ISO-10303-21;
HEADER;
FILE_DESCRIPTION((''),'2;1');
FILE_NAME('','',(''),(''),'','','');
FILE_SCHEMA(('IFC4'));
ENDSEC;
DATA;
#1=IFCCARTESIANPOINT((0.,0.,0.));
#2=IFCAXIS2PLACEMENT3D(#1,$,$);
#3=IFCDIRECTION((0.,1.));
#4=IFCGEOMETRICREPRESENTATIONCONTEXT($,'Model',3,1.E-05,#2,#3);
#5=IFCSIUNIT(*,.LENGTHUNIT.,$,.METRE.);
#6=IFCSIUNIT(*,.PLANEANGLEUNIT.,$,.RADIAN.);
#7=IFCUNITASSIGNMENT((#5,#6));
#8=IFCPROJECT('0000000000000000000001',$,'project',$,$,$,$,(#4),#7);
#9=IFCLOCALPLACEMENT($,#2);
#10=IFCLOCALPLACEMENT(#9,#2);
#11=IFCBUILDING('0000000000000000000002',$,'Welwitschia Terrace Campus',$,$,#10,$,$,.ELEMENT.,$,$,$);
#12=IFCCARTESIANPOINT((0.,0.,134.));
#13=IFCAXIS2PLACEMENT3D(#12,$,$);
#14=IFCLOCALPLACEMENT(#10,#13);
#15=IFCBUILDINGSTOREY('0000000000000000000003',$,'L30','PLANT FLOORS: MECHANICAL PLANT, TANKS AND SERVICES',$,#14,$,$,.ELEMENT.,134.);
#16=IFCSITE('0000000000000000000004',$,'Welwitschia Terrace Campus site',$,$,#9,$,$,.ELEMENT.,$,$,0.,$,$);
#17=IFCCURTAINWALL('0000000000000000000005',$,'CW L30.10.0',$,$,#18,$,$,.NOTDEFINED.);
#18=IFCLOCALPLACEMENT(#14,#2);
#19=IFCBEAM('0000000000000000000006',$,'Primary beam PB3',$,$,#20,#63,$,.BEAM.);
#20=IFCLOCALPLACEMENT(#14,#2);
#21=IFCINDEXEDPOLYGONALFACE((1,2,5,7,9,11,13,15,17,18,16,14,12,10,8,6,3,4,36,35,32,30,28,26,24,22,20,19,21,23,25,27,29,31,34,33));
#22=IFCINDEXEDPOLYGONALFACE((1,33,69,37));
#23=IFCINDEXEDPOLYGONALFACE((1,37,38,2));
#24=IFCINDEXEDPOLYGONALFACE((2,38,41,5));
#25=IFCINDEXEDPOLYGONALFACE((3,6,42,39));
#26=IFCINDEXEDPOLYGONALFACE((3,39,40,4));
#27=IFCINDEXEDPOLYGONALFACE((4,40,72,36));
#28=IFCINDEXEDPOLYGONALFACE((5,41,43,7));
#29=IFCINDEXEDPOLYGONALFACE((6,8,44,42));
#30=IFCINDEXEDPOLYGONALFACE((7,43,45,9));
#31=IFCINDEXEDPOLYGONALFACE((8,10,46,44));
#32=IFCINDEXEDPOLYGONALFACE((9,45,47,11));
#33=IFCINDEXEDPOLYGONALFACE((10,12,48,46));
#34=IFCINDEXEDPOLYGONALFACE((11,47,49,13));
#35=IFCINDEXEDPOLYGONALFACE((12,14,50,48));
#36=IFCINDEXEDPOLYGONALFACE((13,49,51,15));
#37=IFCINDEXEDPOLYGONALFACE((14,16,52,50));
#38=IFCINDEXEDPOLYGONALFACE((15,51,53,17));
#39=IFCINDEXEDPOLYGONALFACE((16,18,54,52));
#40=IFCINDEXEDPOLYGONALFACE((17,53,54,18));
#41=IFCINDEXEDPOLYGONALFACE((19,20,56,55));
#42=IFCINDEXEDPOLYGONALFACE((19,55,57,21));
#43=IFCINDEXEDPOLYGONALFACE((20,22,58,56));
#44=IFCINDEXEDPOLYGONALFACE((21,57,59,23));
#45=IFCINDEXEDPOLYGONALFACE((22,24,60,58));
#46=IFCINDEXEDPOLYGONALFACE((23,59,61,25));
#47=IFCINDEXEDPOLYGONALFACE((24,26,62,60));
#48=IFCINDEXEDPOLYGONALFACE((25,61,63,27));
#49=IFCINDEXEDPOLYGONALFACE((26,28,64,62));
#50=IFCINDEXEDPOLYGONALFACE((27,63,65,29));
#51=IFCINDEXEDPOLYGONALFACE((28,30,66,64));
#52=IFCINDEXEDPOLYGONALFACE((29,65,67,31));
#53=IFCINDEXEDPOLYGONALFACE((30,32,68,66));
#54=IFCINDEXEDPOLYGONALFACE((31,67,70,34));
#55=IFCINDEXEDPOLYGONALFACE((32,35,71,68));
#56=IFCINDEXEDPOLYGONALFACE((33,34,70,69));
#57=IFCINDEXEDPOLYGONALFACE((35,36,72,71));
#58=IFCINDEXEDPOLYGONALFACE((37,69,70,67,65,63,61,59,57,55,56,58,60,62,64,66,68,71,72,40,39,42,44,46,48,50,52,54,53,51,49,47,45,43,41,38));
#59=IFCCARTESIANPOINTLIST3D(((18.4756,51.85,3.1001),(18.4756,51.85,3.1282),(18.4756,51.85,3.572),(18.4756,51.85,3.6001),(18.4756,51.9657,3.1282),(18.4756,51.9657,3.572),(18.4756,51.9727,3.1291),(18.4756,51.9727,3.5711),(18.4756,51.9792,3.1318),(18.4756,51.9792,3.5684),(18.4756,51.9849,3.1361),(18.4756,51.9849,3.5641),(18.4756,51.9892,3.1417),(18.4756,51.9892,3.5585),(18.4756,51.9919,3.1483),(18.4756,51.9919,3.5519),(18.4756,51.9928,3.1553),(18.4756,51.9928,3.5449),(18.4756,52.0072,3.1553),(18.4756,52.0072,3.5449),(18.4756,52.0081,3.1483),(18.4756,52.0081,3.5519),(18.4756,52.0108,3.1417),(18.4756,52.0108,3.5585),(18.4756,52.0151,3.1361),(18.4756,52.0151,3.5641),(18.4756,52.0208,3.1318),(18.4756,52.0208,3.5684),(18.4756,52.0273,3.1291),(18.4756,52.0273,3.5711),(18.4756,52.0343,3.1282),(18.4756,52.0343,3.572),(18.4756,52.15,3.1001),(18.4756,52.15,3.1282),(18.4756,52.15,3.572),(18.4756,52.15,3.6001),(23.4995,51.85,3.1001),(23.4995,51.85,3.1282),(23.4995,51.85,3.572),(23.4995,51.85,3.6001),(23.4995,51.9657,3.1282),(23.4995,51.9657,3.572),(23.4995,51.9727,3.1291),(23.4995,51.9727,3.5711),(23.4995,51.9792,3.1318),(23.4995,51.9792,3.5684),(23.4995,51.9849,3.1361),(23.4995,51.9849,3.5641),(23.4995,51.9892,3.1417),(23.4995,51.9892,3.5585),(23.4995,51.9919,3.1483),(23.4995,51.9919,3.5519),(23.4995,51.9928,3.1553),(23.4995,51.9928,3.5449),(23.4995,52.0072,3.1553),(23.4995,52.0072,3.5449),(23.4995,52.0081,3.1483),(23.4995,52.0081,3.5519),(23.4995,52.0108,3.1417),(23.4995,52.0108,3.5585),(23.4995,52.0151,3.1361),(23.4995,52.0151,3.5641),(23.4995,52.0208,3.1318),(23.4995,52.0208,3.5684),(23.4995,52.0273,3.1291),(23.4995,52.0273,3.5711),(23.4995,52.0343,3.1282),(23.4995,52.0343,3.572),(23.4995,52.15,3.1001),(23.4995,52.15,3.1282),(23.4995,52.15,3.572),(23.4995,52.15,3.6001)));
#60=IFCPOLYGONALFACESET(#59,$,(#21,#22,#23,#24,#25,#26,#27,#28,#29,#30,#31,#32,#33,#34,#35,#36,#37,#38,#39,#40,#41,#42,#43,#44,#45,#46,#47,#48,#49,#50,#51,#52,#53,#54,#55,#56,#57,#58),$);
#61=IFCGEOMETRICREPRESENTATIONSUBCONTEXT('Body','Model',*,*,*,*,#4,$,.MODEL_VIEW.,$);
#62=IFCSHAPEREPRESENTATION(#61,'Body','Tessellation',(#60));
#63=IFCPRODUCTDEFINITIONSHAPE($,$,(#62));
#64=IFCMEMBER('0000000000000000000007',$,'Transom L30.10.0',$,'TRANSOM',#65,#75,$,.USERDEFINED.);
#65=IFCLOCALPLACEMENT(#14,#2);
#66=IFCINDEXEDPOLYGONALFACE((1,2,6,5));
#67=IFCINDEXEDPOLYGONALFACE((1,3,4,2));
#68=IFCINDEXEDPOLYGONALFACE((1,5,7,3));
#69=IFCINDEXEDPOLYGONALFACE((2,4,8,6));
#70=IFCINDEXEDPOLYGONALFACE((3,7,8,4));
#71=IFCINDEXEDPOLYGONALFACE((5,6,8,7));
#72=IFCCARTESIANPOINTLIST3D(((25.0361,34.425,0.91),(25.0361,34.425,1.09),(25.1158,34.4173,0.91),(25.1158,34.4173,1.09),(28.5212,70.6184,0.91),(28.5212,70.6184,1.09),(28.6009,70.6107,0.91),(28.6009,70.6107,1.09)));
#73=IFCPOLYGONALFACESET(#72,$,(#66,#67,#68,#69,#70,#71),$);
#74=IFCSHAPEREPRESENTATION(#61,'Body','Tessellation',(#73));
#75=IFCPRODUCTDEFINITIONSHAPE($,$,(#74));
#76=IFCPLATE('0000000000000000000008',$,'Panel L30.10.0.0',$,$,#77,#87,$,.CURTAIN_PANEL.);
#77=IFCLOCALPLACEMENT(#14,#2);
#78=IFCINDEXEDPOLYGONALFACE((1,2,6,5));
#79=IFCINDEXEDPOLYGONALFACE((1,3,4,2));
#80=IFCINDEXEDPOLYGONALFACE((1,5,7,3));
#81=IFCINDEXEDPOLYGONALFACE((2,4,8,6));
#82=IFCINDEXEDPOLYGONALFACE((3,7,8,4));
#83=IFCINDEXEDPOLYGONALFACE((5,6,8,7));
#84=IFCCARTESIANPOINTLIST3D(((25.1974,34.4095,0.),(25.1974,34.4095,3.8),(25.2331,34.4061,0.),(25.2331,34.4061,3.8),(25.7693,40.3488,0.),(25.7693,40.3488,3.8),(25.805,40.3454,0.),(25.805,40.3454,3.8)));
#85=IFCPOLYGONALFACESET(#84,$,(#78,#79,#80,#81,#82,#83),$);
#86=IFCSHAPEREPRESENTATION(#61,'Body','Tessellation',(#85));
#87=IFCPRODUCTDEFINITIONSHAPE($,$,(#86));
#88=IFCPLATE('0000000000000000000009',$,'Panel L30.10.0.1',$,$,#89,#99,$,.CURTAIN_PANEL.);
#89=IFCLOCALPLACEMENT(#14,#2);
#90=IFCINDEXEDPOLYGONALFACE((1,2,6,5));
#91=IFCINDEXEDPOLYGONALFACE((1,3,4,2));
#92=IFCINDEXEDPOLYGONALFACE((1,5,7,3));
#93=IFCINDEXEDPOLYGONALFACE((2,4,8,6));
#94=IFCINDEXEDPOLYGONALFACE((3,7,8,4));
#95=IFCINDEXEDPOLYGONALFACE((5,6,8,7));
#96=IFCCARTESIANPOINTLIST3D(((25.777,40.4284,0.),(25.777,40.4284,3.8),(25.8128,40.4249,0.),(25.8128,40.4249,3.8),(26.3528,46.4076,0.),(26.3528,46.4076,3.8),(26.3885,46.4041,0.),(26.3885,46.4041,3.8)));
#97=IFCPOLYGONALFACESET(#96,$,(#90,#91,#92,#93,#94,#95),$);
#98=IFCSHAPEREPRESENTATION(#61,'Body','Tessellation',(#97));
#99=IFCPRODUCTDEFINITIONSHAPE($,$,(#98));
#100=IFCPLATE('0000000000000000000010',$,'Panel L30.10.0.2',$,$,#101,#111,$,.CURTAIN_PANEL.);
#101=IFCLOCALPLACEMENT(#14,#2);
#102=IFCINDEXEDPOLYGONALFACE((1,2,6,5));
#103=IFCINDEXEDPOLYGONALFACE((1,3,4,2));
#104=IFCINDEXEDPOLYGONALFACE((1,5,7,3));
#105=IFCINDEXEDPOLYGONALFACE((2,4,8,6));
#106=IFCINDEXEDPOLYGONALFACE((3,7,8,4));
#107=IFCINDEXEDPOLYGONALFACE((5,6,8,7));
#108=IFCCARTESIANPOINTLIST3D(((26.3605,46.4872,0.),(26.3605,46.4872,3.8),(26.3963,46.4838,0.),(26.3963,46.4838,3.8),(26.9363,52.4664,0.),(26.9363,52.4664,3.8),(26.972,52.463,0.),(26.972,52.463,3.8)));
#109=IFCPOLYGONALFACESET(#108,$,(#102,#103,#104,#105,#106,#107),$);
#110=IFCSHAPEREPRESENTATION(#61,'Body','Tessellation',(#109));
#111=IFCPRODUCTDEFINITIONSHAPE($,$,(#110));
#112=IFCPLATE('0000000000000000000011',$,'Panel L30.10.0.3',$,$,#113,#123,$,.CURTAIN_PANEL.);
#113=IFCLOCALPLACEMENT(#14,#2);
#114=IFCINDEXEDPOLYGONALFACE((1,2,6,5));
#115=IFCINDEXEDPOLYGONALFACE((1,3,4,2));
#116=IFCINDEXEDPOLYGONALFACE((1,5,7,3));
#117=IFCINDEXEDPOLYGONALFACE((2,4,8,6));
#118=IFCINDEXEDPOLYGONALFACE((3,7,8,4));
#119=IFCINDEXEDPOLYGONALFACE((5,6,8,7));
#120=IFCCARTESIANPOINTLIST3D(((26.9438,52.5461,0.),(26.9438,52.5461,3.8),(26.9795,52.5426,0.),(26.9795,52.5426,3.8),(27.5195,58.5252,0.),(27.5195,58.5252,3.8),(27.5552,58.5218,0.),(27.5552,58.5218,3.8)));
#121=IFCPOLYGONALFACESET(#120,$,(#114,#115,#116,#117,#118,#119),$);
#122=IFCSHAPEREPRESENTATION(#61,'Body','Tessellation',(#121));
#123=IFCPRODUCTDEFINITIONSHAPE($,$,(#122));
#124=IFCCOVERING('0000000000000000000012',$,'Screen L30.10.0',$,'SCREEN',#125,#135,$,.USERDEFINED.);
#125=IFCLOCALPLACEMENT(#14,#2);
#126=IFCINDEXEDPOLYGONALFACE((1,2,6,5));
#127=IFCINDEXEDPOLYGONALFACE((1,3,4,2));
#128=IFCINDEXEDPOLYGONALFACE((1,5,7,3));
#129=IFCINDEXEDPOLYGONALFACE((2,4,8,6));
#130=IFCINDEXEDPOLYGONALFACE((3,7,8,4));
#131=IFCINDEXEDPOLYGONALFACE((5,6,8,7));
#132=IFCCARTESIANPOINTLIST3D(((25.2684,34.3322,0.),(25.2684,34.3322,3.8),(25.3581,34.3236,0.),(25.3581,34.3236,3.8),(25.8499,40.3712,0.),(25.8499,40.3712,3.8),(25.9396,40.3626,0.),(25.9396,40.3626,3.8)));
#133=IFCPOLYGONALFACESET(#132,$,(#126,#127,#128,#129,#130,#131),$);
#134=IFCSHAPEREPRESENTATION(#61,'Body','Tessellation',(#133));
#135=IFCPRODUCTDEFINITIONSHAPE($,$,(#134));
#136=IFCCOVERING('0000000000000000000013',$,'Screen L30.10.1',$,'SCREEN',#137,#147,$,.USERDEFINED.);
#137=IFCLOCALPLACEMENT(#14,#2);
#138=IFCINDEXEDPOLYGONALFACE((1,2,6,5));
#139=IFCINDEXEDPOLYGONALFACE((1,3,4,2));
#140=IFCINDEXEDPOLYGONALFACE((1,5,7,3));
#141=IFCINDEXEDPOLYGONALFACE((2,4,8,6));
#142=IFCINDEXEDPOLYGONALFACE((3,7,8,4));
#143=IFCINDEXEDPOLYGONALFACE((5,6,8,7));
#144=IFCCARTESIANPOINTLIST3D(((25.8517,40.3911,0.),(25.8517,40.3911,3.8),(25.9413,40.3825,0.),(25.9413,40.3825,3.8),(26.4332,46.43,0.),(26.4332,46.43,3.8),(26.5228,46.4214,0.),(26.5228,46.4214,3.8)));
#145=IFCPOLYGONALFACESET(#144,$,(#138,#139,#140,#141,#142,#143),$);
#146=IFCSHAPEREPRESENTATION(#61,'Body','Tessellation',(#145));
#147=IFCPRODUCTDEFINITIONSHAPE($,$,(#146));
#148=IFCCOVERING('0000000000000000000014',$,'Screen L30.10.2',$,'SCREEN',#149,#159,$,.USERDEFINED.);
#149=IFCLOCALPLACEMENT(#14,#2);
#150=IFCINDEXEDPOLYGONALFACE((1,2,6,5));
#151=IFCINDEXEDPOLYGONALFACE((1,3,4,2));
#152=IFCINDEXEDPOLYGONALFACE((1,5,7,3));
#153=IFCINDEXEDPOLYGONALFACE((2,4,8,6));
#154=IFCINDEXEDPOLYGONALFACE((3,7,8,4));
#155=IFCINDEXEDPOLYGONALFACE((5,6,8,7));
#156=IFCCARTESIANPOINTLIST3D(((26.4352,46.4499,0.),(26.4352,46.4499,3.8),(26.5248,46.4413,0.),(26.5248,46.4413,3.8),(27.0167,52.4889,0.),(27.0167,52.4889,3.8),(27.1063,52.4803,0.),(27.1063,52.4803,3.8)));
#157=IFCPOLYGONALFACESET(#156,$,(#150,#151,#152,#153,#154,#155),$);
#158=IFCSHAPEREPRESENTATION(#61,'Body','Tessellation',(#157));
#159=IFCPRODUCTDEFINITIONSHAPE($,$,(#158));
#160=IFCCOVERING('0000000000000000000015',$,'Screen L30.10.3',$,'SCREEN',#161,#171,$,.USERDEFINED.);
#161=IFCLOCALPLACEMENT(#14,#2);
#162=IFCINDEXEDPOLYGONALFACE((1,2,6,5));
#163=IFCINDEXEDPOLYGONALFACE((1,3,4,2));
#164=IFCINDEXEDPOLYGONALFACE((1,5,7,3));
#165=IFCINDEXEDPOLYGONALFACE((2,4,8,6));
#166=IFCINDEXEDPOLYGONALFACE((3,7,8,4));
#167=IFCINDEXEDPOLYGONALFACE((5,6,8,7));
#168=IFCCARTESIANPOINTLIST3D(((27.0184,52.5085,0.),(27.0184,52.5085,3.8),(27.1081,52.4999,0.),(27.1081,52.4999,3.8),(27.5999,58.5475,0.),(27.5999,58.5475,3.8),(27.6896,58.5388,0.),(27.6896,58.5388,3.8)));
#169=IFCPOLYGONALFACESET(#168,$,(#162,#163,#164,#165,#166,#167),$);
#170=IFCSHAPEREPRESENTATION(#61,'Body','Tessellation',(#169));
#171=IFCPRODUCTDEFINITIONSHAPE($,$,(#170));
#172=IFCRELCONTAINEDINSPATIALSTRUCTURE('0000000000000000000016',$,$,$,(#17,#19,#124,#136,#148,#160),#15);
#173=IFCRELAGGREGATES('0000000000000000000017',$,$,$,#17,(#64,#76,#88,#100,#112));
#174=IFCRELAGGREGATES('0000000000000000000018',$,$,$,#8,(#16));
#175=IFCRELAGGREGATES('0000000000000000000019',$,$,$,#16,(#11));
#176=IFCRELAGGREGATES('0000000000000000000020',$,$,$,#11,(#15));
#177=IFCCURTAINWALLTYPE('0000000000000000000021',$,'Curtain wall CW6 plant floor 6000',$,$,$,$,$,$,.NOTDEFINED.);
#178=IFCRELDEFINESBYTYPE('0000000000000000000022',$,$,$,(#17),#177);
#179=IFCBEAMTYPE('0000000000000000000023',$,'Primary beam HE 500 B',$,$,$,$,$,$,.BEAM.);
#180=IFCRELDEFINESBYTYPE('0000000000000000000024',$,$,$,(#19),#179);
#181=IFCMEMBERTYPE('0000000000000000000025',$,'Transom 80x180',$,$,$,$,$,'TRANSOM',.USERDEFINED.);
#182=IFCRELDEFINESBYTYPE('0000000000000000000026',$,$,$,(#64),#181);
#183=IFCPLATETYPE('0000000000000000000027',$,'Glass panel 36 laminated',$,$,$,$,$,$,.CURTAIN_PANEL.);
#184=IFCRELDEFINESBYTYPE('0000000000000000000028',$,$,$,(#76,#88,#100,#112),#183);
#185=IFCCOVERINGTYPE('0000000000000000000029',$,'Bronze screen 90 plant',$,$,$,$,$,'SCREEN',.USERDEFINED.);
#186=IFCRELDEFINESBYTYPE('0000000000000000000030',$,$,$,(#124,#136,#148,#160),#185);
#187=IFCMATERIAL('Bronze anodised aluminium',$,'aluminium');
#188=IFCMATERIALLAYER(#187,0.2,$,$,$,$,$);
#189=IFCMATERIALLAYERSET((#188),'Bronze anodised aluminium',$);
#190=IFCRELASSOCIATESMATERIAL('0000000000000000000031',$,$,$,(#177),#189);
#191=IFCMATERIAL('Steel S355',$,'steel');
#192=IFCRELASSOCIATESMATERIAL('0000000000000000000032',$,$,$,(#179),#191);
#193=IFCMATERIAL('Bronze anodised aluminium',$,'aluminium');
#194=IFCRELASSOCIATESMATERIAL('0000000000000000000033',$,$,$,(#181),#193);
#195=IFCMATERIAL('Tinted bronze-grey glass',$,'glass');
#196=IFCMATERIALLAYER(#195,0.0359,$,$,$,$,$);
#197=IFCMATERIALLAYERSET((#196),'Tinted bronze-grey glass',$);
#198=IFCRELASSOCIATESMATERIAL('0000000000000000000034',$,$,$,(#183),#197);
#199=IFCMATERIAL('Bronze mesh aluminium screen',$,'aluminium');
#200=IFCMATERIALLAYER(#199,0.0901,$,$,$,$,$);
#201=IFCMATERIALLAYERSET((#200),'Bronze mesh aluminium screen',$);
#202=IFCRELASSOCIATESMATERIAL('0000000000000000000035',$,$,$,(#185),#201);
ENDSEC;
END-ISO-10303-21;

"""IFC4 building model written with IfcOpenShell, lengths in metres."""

from ifc_helpers import new_model, si_unit, direction, frame, origin, origin_2d, place, context, subcontext, project, spatial, rectangle, i_section, extrude, material, layer, layer_set, material_profile, profile_set, type_object, element, aggregate, save


model = new_model("IFC4")

# Units and contexts
model_context = context("Model", 3, precision=1e-05, world=origin(), true_north=direction((0.0, 1.0)))
body_context = subcontext(model_context, "Body", "Model", "MODEL_VIEW")
ifc_project = project(units=[si_unit("LENGTHUNIT", "METRE"), si_unit("PLANEANGLEUNIT", "RADIAN")], contexts=[model_context])

# Site, building, storey
site_placement = place(None, origin())
site = spatial("IfcSite", under=ifc_project, at=site_placement, Name="Welwitschia Terrace Campus site", CompositionType="ELEMENT", RefElevation=0.0)
building_placement = place(site_placement, origin())
building = spatial("IfcBuilding", under=site, at=building_placement, Name="Welwitschia Terrace Campus", CompositionType="ELEMENT")
storey_placement = place(building_placement, frame((0.0, 0.0, 134.0)))
storey = spatial("IfcBuildingStorey", under=building, at=storey_placement, Name="L30", Description="PLANT FLOORS: MECHANICAL PLANT, TANKS AND SERVICES", CompositionType="ELEMENT", Elevation=134.0)

# Shared definitions
ifc_material_1 = material(Name="Bronze anodised aluminium", Category="aluminium")
ifc_layer_1 = layer(ifc_material_1, 0.2)
ifc_layer_set_1 = layer_set([ifc_layer_1], Name="Bronze anodised aluminium")
curtain_wall_type = type_object("IfcCurtainWallType", Name="Curtain wall CW6 plant floor 6000", PredefinedType="NOTDEFINED", material=ifc_layer_set_1)

# Curtain wall
curtain_wall_1_placement = place(storey_placement, origin())
curtain_wall_1 = element("IfcCurtainWall", 1, at=curtain_wall_1_placement, inside=storey, type_object=curtain_wall_type, Name="CW L30.10.0", PredefinedType="NOTDEFINED")

# Beam
ifc_material_2 = material(Name="Steel S355", Category="steel")
ifc_material_profile_1 = material_profile(ifc_material_2, i_section(OverallWidth=0.3, OverallDepth=0.5, WebThickness=0.0144, FlangeThickness=0.0281, FilletRadius=0.0271, at=origin_2d()))
ifc_profile_set_1 = profile_set([ifc_material_profile_1], Name="Steel S355")
beam_type = type_object("IfcBeamType", Name="Primary beam HE 500 B", PredefinedType="BEAM", material=ifc_profile_set_1)
for number, where, z_axis, x_axis, name in (
    (2, (23.4995, 52.0, 3.3501), (-1.0, 0.0, 0.0), (0.0, -1.0, 0.0), "Primary beam PB3"),
):
    element("IfcBeam", number, at=place(storey_placement, frame(where, z_axis=z_axis, x_axis=x_axis)), inside=storey, type_object=beam_type, Name=name, PredefinedType="BEAM", context=body_context, shape_type="SweptSolid", body=[
        extrude(i_section(OverallWidth=0.3, OverallDepth=0.5, WebThickness=0.0144, FlangeThickness=0.0281, FilletRadius=0.0271, at=origin_2d()), origin(), (0.0, 0.0, 1.0), 5.0239),
    ])

# Member
ifc_material_3 = material(Name="Bronze anodised aluminium", Category="aluminium")
ifc_material_profile_2 = material_profile(ifc_material_3, rectangle(XDim=0.0801, YDim=0.1799, at=origin_2d()))
ifc_profile_set_2 = profile_set([ifc_material_profile_2], Name="Bronze anodised aluminium")
member_type_1 = type_object("IfcMemberType", Name="Transom 80x180", ElementType="TRANSOM", PredefinedType="USERDEFINED", material=ifc_profile_set_2)
member_1_placement = place(storey_placement, frame((25.0759, 34.4211, 1.0), z_axis=(0.095848, 0.995396, 0.0), x_axis=(-0.995396, 0.095848, 0.0)))
member_1 = element("IfcMember", 3, at=member_1_placement, type_object=member_type_1, Name="Transom L30.10.0", ObjectType="TRANSOM", PredefinedType="USERDEFINED", context=body_context, shape_type="SweptSolid", body=[
    extrude(rectangle(XDim=0.0801, YDim=0.1799, at=origin_2d()), origin(), (0.0, 0.0, 1.0), 36.3608),
])

# Plates
ifc_material_4 = material(Name="Tinted bronze-grey glass", Category="glass")
ifc_layer_2 = layer(ifc_material_4, 0.0359)
ifc_layer_set_2 = layer_set([ifc_layer_2], Name="Tinted bronze-grey glass")
plate_type = type_object("IfcPlateType", Name="Glass panel 36 laminated", PredefinedType="CURTAIN_PANEL", material=ifc_layer_set_2)
plate_1_placement = place(storey_placement, frame((25.5012, 37.3774, 0.0), z_axis=(0.0, 0.0, 1.0), x_axis=(0.095846, 0.995396, 0.0)))
plate_1 = element("IfcPlate", 4, at=plate_1_placement, type_object=plate_type, Name="Panel L30.10.0.0", PredefinedType="CURTAIN_PANEL", context=body_context, shape_type="SweptSolid", body=[
    extrude(rectangle(XDim=5.9668, YDim=0.0359, at=origin_2d()), origin(), (0.0, 0.0, 1.0), 3.8),
])
plate_2_placement = place(storey_placement, frame((26.0828, 43.4163, 0.0), z_axis=(0.0, 0.0, 1.0), x_axis=(0.095846, 0.995396, 0.0)))
plate_2 = element("IfcPlate", 5, at=plate_2_placement, type_object=plate_type, Name="Panel L30.10.0.1", PredefinedType="CURTAIN_PANEL", context=body_context, shape_type="SweptSolid", body=[
    extrude(rectangle(XDim=6.0068, YDim=0.0359, at=origin_2d()), origin(), (0.0, 0.0, 1.0), 3.8),
])
plate_3_placement = place(storey_placement, frame((26.6663, 49.4751, 0.0), z_axis=(0.0, 0.0, 1.0), x_axis=(0.095846, 0.995396, 0.0)))
plate_3 = element("IfcPlate", 6, at=plate_3_placement, type_object=plate_type, Name="Panel L30.10.0.2", PredefinedType="CURTAIN_PANEL", context=body_context, shape_type="SweptSolid", body=[
    extrude(rectangle(XDim=6.0068, YDim=0.0359, at=origin_2d()), origin(), (0.0, 0.0, 1.0), 3.8),
])
plate_4_placement = place(storey_placement, frame((27.2495, 55.5339, 0.0), z_axis=(0.0, 0.0, 1.0), x_axis=(0.095846, 0.995396, 0.0)))
plate_4 = element("IfcPlate", 7, at=plate_4_placement, type_object=plate_type, Name="Panel L30.10.0.3", PredefinedType="CURTAIN_PANEL", context=body_context, shape_type="SweptSolid", body=[
    extrude(rectangle(XDim=6.0068, YDim=0.0359, at=origin_2d()), origin(), (0.0, 0.0, 1.0), 3.8),
])
aggregate(curtain_wall_1, [member_1, plate_1, plate_2, plate_3, plate_4])

# Coverings
ifc_material_5 = material(Name="Bronze mesh aluminium screen", Category="aluminium")
ifc_layer_3 = layer(ifc_material_5, 0.0901)
ifc_layer_set_3 = layer_set([ifc_layer_3], Name="Bronze mesh aluminium screen")
covering_type = type_object("IfcCoveringType", Name="Bronze screen 90 plant", ElementType="SCREEN", PredefinedType="USERDEFINED", material=ifc_layer_set_3)
for number, where, z_axis, x_axis, name in (
    (8, (25.604, 37.3474, 0.0), (0.0, 0.0, 1.0), (0.095846, 0.995396, 0.0), "Screen L30.10.0"),
    (9, (26.1873, 43.4062, 0.0), (0.0, 0.0, 1.0), (0.095846, 0.995396, 0.0), "Screen L30.10.1"),
    (10, (26.7708, 49.4651, 0.0), (0.0, 0.0, 1.0), (0.095846, 0.995396, 0.0), "Screen L30.10.2"),
    (11, (27.354, 55.5237, 0.0), (0.0, 0.0, 1.0), (0.095846, 0.995396, 0.0), "Screen L30.10.3"),
):
    element("IfcCovering", number, at=place(storey_placement, frame(where, z_axis=z_axis, x_axis=x_axis)), inside=storey, type_object=covering_type, Name=name, ObjectType="SCREEN", PredefinedType="USERDEFINED", context=body_context, shape_type="SweptSolid", body=[
        extrude(rectangle(XDim=6.0669, YDim=0.0901, at=origin_2d()), origin(), (0.0, 0.0, 1.0), 3.8),
    ])

save(model, "model.ifc")
